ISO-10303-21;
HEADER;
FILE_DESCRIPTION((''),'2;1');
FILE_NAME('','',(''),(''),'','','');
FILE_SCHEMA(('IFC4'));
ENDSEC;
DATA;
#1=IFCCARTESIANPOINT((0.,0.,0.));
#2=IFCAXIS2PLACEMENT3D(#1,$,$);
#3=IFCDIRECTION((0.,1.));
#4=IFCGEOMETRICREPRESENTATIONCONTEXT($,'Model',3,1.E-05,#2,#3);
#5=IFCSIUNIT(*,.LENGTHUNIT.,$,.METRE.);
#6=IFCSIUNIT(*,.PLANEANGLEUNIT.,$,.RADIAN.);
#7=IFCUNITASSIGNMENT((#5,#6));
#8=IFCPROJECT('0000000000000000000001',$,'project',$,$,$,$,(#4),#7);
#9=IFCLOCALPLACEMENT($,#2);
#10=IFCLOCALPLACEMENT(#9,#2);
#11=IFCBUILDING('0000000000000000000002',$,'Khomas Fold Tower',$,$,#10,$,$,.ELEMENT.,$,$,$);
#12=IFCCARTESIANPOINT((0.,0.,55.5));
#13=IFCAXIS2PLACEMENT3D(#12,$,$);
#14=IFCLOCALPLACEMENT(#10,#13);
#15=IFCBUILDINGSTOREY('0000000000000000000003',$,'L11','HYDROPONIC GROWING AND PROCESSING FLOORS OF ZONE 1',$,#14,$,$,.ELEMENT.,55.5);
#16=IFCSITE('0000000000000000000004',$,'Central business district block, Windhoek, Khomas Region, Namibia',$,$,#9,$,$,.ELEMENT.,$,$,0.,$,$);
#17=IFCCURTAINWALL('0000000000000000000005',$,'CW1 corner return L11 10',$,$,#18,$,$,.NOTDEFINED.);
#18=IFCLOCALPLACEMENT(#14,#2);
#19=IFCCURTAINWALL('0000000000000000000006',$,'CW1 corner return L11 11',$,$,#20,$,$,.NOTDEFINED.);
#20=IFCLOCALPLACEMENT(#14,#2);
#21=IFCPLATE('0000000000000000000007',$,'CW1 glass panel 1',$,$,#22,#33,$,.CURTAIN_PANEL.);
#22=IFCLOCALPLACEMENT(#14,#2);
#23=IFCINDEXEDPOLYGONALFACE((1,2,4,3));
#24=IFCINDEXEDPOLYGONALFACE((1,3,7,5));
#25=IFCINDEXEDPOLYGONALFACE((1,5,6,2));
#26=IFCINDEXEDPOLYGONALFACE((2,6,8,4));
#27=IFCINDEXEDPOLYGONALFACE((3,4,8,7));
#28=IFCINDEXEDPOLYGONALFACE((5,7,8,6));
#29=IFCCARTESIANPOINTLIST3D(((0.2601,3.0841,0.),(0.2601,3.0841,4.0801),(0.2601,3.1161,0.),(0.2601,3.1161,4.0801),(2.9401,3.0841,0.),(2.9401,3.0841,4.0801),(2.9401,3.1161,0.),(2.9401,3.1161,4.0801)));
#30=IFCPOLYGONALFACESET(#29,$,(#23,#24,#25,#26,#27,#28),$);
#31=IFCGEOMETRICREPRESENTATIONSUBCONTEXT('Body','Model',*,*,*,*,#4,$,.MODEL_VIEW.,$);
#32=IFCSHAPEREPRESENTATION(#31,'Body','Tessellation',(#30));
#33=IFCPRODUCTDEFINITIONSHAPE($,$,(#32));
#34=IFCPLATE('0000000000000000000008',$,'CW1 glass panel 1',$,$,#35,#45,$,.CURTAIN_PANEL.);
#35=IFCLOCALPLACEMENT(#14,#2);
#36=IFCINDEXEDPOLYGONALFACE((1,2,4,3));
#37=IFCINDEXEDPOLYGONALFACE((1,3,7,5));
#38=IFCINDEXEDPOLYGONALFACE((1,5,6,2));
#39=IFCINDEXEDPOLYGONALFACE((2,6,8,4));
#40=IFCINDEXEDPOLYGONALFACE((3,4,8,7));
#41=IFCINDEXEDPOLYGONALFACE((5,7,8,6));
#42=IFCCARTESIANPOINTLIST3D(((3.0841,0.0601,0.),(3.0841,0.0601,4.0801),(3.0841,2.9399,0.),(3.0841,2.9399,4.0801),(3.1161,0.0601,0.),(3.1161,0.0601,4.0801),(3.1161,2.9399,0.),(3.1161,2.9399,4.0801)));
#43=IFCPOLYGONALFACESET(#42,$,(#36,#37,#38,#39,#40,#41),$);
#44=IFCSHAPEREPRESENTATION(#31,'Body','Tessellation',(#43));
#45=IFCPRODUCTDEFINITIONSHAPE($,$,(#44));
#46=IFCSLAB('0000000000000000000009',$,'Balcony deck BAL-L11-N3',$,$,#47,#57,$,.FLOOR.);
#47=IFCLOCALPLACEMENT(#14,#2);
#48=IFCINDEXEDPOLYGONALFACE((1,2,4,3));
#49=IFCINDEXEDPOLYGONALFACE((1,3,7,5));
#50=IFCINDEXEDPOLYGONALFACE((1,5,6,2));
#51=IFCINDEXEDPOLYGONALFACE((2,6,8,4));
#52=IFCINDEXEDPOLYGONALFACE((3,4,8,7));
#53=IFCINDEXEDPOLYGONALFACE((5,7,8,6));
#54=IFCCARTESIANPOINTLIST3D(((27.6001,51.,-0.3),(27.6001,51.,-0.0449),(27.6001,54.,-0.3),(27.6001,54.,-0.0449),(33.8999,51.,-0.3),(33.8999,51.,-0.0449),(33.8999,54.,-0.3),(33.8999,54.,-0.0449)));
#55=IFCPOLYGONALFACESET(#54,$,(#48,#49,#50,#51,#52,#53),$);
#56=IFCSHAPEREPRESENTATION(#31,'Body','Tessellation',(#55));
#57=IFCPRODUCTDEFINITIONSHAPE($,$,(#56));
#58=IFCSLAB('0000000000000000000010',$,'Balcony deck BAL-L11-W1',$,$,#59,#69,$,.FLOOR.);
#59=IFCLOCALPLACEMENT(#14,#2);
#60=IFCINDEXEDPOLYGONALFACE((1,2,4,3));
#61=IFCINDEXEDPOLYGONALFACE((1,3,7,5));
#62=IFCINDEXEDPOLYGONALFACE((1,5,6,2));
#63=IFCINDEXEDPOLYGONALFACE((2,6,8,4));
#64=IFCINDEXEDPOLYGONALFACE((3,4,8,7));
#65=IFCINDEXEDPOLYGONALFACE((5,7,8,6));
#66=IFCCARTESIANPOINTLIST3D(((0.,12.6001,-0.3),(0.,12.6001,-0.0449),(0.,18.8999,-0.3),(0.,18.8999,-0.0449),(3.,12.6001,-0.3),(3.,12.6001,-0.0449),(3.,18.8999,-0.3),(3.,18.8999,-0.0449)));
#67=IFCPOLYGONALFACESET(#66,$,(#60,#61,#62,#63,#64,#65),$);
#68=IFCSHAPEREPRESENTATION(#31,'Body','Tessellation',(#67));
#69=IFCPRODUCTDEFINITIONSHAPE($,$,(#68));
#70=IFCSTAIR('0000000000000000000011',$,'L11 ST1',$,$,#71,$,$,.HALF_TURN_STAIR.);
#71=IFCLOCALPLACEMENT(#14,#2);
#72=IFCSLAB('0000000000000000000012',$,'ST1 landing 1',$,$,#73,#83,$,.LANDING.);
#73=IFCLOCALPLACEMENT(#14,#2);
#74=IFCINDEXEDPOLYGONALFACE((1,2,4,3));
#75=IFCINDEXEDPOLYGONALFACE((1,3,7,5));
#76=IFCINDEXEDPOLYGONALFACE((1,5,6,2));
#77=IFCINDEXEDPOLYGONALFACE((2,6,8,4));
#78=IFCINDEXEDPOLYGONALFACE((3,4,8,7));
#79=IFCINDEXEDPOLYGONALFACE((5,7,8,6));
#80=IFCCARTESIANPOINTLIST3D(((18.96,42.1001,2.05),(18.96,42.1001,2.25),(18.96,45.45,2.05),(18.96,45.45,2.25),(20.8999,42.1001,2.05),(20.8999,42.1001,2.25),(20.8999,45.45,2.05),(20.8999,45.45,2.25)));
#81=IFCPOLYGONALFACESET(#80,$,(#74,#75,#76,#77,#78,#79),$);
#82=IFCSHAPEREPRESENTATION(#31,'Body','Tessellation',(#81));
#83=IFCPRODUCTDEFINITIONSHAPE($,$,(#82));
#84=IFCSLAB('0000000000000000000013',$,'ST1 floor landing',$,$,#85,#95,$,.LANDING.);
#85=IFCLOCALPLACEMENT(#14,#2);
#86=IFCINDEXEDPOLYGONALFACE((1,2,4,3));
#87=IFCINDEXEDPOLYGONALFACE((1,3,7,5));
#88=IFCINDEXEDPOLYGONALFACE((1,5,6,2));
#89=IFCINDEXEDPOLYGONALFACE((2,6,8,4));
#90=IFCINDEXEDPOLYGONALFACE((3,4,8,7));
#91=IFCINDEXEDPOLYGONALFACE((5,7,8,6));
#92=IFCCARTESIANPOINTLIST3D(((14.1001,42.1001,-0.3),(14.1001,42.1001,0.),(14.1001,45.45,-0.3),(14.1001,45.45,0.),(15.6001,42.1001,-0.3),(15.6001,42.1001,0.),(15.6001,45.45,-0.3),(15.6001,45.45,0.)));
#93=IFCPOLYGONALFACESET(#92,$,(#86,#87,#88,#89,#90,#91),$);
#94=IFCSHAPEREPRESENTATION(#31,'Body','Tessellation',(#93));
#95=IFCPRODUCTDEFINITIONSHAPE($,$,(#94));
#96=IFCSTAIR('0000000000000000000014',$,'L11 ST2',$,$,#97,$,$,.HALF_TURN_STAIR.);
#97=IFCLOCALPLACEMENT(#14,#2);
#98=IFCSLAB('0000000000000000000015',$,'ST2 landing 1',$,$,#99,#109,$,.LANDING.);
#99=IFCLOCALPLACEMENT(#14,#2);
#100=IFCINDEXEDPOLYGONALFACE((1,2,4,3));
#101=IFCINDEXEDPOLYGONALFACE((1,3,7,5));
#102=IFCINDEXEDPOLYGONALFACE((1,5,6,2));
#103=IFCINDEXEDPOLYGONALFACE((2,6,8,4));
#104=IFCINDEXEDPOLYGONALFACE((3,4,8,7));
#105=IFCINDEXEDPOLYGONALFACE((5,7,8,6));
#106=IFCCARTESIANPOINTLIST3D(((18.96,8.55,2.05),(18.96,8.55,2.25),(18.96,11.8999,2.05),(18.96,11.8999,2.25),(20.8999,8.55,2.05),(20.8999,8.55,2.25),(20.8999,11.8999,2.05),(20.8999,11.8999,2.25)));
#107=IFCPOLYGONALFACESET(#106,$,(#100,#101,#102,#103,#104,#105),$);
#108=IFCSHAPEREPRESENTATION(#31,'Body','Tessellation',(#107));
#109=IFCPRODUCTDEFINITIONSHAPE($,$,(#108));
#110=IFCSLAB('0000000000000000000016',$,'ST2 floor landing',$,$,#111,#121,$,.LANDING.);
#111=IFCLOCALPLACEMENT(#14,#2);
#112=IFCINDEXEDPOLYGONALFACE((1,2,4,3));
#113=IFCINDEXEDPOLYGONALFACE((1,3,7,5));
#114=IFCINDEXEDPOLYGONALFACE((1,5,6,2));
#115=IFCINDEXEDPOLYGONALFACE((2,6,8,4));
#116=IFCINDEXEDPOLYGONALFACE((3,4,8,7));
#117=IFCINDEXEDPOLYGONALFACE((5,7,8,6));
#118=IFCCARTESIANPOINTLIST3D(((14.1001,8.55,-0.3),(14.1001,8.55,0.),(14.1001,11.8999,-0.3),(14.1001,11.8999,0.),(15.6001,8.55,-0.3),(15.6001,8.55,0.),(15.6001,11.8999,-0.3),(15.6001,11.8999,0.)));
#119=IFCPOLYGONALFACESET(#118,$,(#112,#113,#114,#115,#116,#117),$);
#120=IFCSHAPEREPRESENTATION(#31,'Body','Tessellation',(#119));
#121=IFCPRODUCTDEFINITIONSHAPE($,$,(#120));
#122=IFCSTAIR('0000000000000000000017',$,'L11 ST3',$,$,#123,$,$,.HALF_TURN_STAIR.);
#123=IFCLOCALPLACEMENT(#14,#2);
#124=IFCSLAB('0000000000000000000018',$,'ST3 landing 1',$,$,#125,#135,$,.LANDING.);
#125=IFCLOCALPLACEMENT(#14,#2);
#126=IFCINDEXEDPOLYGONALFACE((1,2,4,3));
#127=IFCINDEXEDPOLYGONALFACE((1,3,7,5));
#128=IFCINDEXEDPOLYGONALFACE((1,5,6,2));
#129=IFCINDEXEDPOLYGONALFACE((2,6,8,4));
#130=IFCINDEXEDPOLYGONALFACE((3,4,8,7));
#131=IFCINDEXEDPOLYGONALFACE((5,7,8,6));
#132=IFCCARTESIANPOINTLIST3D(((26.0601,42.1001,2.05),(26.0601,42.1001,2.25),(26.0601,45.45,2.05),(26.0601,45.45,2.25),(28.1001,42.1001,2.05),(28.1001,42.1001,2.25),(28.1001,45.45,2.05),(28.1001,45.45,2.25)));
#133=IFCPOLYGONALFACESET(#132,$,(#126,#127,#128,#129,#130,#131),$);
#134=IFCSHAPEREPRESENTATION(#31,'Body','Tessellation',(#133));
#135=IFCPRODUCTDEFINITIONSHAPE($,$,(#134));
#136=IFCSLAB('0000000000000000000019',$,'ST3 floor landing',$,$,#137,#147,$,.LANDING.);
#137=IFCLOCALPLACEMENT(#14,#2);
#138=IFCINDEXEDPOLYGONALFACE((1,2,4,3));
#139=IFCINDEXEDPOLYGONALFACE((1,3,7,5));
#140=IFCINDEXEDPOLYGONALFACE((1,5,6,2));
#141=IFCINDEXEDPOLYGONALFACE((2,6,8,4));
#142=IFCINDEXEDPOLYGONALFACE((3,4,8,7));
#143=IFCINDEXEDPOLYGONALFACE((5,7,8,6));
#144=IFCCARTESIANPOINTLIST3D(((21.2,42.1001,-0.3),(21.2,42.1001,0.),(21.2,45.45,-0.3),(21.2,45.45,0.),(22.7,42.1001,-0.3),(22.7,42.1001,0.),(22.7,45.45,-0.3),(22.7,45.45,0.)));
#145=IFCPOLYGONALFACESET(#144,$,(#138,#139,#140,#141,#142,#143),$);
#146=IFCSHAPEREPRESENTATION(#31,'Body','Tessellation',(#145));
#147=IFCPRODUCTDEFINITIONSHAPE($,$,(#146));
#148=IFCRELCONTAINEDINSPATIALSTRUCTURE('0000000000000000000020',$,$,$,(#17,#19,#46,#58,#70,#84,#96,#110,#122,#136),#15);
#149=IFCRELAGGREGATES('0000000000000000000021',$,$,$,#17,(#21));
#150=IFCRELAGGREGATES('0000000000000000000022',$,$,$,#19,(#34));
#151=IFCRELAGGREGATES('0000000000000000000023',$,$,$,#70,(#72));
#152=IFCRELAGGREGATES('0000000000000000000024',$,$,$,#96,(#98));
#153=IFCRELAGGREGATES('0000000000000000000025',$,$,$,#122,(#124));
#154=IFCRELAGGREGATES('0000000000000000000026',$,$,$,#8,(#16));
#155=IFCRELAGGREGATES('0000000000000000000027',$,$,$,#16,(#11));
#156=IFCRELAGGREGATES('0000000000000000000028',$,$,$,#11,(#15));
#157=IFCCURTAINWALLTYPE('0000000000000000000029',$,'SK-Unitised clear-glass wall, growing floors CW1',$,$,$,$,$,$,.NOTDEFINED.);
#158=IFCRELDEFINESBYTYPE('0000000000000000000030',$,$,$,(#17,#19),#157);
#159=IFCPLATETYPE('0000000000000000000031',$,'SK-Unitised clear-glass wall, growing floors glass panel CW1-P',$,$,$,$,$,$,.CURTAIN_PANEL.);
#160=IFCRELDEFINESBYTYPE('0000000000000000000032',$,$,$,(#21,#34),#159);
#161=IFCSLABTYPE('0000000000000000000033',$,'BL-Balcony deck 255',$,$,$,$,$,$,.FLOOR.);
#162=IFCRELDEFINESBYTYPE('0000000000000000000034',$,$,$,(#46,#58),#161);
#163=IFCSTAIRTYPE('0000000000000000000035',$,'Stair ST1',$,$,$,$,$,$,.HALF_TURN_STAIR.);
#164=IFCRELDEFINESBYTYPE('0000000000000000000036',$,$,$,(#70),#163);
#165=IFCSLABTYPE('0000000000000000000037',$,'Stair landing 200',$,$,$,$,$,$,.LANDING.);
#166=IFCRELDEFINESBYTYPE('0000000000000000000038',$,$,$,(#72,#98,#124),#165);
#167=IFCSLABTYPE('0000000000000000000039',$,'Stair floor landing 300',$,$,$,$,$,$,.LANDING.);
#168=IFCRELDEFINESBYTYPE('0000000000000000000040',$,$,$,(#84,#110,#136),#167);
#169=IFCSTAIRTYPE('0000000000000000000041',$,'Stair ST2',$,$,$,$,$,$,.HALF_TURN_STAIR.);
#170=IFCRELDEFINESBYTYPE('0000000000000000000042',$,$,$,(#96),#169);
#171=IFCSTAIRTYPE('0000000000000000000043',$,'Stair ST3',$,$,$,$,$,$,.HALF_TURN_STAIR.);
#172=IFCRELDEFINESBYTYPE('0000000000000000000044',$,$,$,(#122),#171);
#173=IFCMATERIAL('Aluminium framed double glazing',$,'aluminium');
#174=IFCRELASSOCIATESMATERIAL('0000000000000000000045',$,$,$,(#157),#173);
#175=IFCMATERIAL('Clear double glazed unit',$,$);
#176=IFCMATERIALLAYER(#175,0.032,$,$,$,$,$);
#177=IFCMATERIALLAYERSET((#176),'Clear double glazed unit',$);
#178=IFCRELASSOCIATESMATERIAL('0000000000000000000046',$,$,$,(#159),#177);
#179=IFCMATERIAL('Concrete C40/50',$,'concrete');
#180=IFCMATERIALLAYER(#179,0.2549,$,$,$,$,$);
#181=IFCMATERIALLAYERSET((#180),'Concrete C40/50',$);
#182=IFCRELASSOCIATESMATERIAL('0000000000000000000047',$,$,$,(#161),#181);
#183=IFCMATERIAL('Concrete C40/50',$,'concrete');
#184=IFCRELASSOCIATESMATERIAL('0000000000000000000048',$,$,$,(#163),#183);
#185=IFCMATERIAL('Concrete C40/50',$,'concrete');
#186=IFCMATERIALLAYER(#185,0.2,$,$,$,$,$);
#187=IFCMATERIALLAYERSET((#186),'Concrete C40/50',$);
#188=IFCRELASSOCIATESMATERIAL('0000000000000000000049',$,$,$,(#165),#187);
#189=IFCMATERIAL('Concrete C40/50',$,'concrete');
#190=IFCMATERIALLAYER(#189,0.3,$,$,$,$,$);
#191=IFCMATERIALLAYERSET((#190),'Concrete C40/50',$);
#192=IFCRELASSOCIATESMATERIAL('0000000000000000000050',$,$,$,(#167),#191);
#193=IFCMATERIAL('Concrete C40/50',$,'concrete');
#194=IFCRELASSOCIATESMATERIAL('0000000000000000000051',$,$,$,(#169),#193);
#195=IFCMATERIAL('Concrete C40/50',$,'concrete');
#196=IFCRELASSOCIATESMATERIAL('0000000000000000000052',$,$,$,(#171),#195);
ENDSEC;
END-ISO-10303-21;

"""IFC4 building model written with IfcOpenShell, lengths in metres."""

from ifc_helpers import new_model, si_unit, direction, frame, origin, origin_2d, place, context, subcontext, project, spatial, polyline, rectangle, outline, extrude, source, transform, mapped, material, layer, layer_set, type_object, element, aggregate, save


model = new_model("IFC4")

# Units and contexts
model_context = context("Model", 3, precision=1e-05, world=origin(), true_north=direction((0.0, 1.0)))
body_context = subcontext(model_context, "Body", "Model", "MODEL_VIEW")
ifc_project = project(units=[si_unit("LENGTHUNIT", "METRE"), si_unit("PLANEANGLEUNIT", "RADIAN")], contexts=[model_context])

# Site, building, storey
site_placement = place(None, origin())
site = spatial("IfcSite", under=ifc_project, at=site_placement, Name="Central business district block, Windhoek, Khomas Region, Namibia", CompositionType="ELEMENT", RefElevation=0.0)
building_placement = place(site_placement, origin())
building = spatial("IfcBuilding", under=site, at=building_placement, Name="Khomas Fold Tower", CompositionType="ELEMENT")
storey_placement = place(building_placement, frame((0.0, 0.0, 55.5)))
storey = spatial("IfcBuildingStorey", under=building, at=storey_placement, Name="L11", Description="HYDROPONIC GROWING AND PROCESSING FLOORS OF ZONE 1", CompositionType="ELEMENT", Elevation=55.5)

# Curtain walls
ifc_material_1 = material(Name="Aluminium framed double glazing", Category="aluminium")
curtain_wall_type = type_object("IfcCurtainWallType", Name="SK-Unitised clear-glass wall, growing floors CW1", PredefinedType="NOTDEFINED", material=ifc_material_1)
curtain_wall_1_placement = place(storey_placement, origin())
curtain_wall_1 = element("IfcCurtainWall", 1, at=curtain_wall_1_placement, inside=storey, type_object=curtain_wall_type, Name="CW1 corner return L11 10", PredefinedType="NOTDEFINED")
curtain_wall_2_placement = place(storey_placement, origin())
curtain_wall_2 = element("IfcCurtainWall", 2, at=curtain_wall_2_placement, inside=storey, type_object=curtain_wall_type, Name="CW1 corner return L11 11", PredefinedType="NOTDEFINED")

# Plates
ifc_material_2 = material(Name="Clear double glazed unit")
ifc_layer_1 = layer(ifc_material_2, 0.032)
ifc_layer_set_1 = layer_set([ifc_layer_1], Name="Clear double glazed unit")
plate_type = type_object("IfcPlateType", Name="SK-Unitised clear-glass wall, growing floors glass panel CW1-P", PredefinedType="CURTAIN_PANEL", material=ifc_layer_set_1)
shared_shape_1 = source(origin(), body_context, "Body", "SweptSolid", [
    extrude(rectangle(XDim=2.6799, YDim=0.032, at=origin_2d()), origin(), (0.0, 0.0, 1.0), 4.0801),
])
plate_1_placement = place(storey_placement, frame((1.6001, 3.1001, 0.0), z_axis=(0.0, 0.0, 1.0), x_axis=(1.0, 0.0, 0.0)))
plate_1 = element("IfcPlate", 3, at=plate_1_placement, type_object=plate_type, Name="CW1 glass panel 1", PredefinedType="CURTAIN_PANEL", context=body_context, shape_type="MappedRepresentation", body=[
    mapped(shared_shape_1, transform((0.0, 0.0, 0.0))),
])
aggregate(curtain_wall_1, [plate_1])
shared_shape_2 = source(origin(), body_context, "Body", "SweptSolid", [
    extrude(rectangle(XDim=2.8799, YDim=0.032, at=origin_2d()), origin(), (0.0, 0.0, 1.0), 4.0801),
])
plate_2_placement = place(storey_placement, frame((3.1001, 1.5, 0.0), z_axis=(0.0, 0.0, 1.0), x_axis=(0.0, -1.0, 0.0)))
plate_2 = element("IfcPlate", 4, at=plate_2_placement, type_object=plate_type, Name="CW1 glass panel 1", PredefinedType="CURTAIN_PANEL", context=body_context, shape_type="MappedRepresentation", body=[
    mapped(shared_shape_2, transform((0.0, 0.0, 0.0))),
])
aggregate(curtain_wall_2, [plate_2])

# Slabs
ifc_material_3 = material(Name="Concrete C40/50", Category="concrete")
ifc_layer_2 = layer(ifc_material_3, 0.2549)
ifc_layer_set_2 = layer_set([ifc_layer_2], Name="Concrete C40/50")
slab_type_1 = type_object("IfcSlabType", Name="BL-Balcony deck 255", PredefinedType="FLOOR", material=ifc_layer_set_2)
shared_shape_3 = source(origin(), body_context, "Body", "SweptSolid", [
    extrude(outline(polyline([(27.6001, 51.0), (33.8999, 51.0), (33.8999, 54.0), (27.6001, 54.0), (27.6001, 51.0)])), origin(), (0.0, 0.0, 1.0), 0.2551),
])
slab_1_placement = place(storey_placement, frame((0.0, 0.0, -0.3)))
element("IfcSlab", 5, at=slab_1_placement, inside=storey, type_object=slab_type_1, Name="Balcony deck BAL-L11-N3", PredefinedType="FLOOR", context=body_context, shape_type="MappedRepresentation", body=[
    mapped(shared_shape_3, transform((0.0, 0.0, 0.0))),
])
shared_shape_4 = source(origin(), body_context, "Body", "SweptSolid", [
    extrude(outline(polyline([(0.0, 12.6001), (3.0, 12.6001), (3.0, 18.8999), (0.0, 18.8999), (0.0, 12.6001)])), origin(), (0.0, 0.0, 1.0), 0.2551),
])
slab_2_placement = place(storey_placement, frame((0.0, 0.0, -0.3)))
element("IfcSlab", 6, at=slab_2_placement, inside=storey, type_object=slab_type_1, Name="Balcony deck BAL-L11-W1", PredefinedType="FLOOR", context=body_context, shape_type="MappedRepresentation", body=[
    mapped(shared_shape_4, transform((0.0, 0.0, 0.0))),
])

# Stair, slab
ifc_material_4 = material(Name="Concrete C40/50", Category="concrete")
stair_type_1 = type_object("IfcStairType", Name="Stair ST1", PredefinedType="HALF_TURN_STAIR", material=ifc_material_4)
stair_1_placement = place(storey_placement, origin())
stair_1 = element("IfcStair", 7, at=stair_1_placement, inside=storey, type_object=stair_type_1, Name="L11 ST1", PredefinedType="HALF_TURN_STAIR")
ifc_material_5 = material(Name="Concrete C40/50", Category="concrete")
ifc_layer_3 = layer(ifc_material_5, 0.2)
ifc_layer_set_3 = layer_set([ifc_layer_3], Name="Concrete C40/50")
slab_type_2 = type_object("IfcSlabType", Name="Stair landing 200", PredefinedType="LANDING", material=ifc_layer_set_3)
shared_shape_5 = source(origin(), body_context, "Body", "SweptSolid", [
    extrude(outline(polyline([(18.96, 42.1001), (20.8999, 42.1001), (20.8999, 45.45), (18.96, 45.45), (18.96, 42.1001)])), origin(), (0.0, 0.0, 1.0), 0.2),
])
slab_3_placement = place(storey_placement, frame((0.0, 0.0, 2.05)))
slab_3 = element("IfcSlab", 8, at=slab_3_placement, type_object=slab_type_2, Name="ST1 landing 1", PredefinedType="LANDING", context=body_context, shape_type="MappedRepresentation", body=[
    mapped(shared_shape_5, transform((0.0, 0.0, 0.0))),
])
aggregate(stair_1, [slab_3])

# Slab
ifc_material_6 = material(Name="Concrete C40/50", Category="concrete")
ifc_layer_4 = layer(ifc_material_6, 0.3)
ifc_layer_set_4 = layer_set([ifc_layer_4], Name="Concrete C40/50")
slab_type_3 = type_object("IfcSlabType", Name="Stair floor landing 300", PredefinedType="LANDING", material=ifc_layer_set_4)
shared_shape_6 = source(origin(), body_context, "Body", "SweptSolid", [
    extrude(outline(polyline([(15.6001, 42.1001), (14.1001, 42.1001), (14.1001, 45.45), (15.6001, 45.45), (15.6001, 42.1001)])), origin(), (0.0, 0.0, 1.0), 0.3),
])
slab_4_placement = place(storey_placement, frame((0.0, 0.0, -0.3)))
element("IfcSlab", 9, at=slab_4_placement, inside=storey, type_object=slab_type_3, Name="ST1 floor landing", PredefinedType="LANDING", context=body_context, shape_type="MappedRepresentation", body=[
    mapped(shared_shape_6, transform((0.0, 0.0, 0.0))),
])

# Stair, slab
ifc_material_7 = material(Name="Concrete C40/50", Category="concrete")
stair_type_2 = type_object("IfcStairType", Name="Stair ST2", PredefinedType="HALF_TURN_STAIR", material=ifc_material_7)
stair_2_placement = place(storey_placement, origin())
stair_2 = element("IfcStair", 10, at=stair_2_placement, inside=storey, type_object=stair_type_2, Name="L11 ST2", PredefinedType="HALF_TURN_STAIR")
shared_shape_7 = source(origin(), body_context, "Body", "SweptSolid", [
    extrude(outline(polyline([(18.96, 8.55), (20.8999, 8.55), (20.8999, 11.8999), (18.96, 11.8999), (18.96, 8.55)])), origin(), (0.0, 0.0, 1.0), 0.2),
])
slab_5_placement = place(storey_placement, frame((0.0, 0.0, 2.05)))
slab_5 = element("IfcSlab", 11, at=slab_5_placement, type_object=slab_type_2, Name="ST2 landing 1", PredefinedType="LANDING", context=body_context, shape_type="MappedRepresentation", body=[
    mapped(shared_shape_7, transform((0.0, 0.0, 0.0))),
])
aggregate(stair_2, [slab_5])

# Slab
shared_shape_8 = source(origin(), body_context, "Body", "SweptSolid", [
    extrude(outline(polyline([(15.6001, 8.55), (14.1001, 8.55), (14.1001, 11.8999), (15.6001, 11.8999), (15.6001, 8.55)])), origin(), (0.0, 0.0, 1.0), 0.3),
])
slab_6_placement = place(storey_placement, frame((0.0, 0.0, -0.3)))
element("IfcSlab", 12, at=slab_6_placement, inside=storey, type_object=slab_type_3, Name="ST2 floor landing", PredefinedType="LANDING", context=body_context, shape_type="MappedRepresentation", body=[
    mapped(shared_shape_8, transform((0.0, 0.0, 0.0))),
])

# Stair, slab
ifc_material_8 = material(Name="Concrete C40/50", Category="concrete")
stair_type_3 = type_object("IfcStairType", Name="Stair ST3", PredefinedType="HALF_TURN_STAIR", material=ifc_material_8)
stair_3_placement = place(storey_placement, origin())
stair_3 = element("IfcStair", 13, at=stair_3_placement, inside=storey, type_object=stair_type_3, Name="L11 ST3", PredefinedType="HALF_TURN_STAIR")
shared_shape_9 = source(origin(), body_context, "Body", "SweptSolid", [
    extrude(outline(polyline([(26.0601, 42.1001), (28.1001, 42.1001), (28.1001, 45.45), (26.0601, 45.45), (26.0601, 42.1001)])), origin(), (0.0, 0.0, 1.0), 0.2),
])
slab_7_placement = place(storey_placement, frame((0.0, 0.0, 2.05)))
slab_7 = element("IfcSlab", 14, at=slab_7_placement, type_object=slab_type_2, Name="ST3 landing 1", PredefinedType="LANDING", context=body_context, shape_type="MappedRepresentation", body=[
    mapped(shared_shape_9, transform((0.0, 0.0, 0.0))),
])
aggregate(stair_3, [slab_7])

# Slab
shared_shape_10 = source(origin(), body_context, "Body", "SweptSolid", [
    extrude(outline(polyline([(22.7, 42.1001), (21.2, 42.1001), (21.2, 45.45), (22.7, 45.45), (22.7, 42.1001)])), origin(), (0.0, 0.0, 1.0), 0.3),
])
slab_8_placement = place(storey_placement, frame((0.0, 0.0, -0.3)))
element("IfcSlab", 15, at=slab_8_placement, inside=storey, type_object=slab_type_3, Name="ST3 floor landing", PredefinedType="LANDING", context=body_context, shape_type="MappedRepresentation", body=[
    mapped(shared_shape_10, transform((0.0, 0.0, 0.0))),
])

save(model, "model.ifc")
